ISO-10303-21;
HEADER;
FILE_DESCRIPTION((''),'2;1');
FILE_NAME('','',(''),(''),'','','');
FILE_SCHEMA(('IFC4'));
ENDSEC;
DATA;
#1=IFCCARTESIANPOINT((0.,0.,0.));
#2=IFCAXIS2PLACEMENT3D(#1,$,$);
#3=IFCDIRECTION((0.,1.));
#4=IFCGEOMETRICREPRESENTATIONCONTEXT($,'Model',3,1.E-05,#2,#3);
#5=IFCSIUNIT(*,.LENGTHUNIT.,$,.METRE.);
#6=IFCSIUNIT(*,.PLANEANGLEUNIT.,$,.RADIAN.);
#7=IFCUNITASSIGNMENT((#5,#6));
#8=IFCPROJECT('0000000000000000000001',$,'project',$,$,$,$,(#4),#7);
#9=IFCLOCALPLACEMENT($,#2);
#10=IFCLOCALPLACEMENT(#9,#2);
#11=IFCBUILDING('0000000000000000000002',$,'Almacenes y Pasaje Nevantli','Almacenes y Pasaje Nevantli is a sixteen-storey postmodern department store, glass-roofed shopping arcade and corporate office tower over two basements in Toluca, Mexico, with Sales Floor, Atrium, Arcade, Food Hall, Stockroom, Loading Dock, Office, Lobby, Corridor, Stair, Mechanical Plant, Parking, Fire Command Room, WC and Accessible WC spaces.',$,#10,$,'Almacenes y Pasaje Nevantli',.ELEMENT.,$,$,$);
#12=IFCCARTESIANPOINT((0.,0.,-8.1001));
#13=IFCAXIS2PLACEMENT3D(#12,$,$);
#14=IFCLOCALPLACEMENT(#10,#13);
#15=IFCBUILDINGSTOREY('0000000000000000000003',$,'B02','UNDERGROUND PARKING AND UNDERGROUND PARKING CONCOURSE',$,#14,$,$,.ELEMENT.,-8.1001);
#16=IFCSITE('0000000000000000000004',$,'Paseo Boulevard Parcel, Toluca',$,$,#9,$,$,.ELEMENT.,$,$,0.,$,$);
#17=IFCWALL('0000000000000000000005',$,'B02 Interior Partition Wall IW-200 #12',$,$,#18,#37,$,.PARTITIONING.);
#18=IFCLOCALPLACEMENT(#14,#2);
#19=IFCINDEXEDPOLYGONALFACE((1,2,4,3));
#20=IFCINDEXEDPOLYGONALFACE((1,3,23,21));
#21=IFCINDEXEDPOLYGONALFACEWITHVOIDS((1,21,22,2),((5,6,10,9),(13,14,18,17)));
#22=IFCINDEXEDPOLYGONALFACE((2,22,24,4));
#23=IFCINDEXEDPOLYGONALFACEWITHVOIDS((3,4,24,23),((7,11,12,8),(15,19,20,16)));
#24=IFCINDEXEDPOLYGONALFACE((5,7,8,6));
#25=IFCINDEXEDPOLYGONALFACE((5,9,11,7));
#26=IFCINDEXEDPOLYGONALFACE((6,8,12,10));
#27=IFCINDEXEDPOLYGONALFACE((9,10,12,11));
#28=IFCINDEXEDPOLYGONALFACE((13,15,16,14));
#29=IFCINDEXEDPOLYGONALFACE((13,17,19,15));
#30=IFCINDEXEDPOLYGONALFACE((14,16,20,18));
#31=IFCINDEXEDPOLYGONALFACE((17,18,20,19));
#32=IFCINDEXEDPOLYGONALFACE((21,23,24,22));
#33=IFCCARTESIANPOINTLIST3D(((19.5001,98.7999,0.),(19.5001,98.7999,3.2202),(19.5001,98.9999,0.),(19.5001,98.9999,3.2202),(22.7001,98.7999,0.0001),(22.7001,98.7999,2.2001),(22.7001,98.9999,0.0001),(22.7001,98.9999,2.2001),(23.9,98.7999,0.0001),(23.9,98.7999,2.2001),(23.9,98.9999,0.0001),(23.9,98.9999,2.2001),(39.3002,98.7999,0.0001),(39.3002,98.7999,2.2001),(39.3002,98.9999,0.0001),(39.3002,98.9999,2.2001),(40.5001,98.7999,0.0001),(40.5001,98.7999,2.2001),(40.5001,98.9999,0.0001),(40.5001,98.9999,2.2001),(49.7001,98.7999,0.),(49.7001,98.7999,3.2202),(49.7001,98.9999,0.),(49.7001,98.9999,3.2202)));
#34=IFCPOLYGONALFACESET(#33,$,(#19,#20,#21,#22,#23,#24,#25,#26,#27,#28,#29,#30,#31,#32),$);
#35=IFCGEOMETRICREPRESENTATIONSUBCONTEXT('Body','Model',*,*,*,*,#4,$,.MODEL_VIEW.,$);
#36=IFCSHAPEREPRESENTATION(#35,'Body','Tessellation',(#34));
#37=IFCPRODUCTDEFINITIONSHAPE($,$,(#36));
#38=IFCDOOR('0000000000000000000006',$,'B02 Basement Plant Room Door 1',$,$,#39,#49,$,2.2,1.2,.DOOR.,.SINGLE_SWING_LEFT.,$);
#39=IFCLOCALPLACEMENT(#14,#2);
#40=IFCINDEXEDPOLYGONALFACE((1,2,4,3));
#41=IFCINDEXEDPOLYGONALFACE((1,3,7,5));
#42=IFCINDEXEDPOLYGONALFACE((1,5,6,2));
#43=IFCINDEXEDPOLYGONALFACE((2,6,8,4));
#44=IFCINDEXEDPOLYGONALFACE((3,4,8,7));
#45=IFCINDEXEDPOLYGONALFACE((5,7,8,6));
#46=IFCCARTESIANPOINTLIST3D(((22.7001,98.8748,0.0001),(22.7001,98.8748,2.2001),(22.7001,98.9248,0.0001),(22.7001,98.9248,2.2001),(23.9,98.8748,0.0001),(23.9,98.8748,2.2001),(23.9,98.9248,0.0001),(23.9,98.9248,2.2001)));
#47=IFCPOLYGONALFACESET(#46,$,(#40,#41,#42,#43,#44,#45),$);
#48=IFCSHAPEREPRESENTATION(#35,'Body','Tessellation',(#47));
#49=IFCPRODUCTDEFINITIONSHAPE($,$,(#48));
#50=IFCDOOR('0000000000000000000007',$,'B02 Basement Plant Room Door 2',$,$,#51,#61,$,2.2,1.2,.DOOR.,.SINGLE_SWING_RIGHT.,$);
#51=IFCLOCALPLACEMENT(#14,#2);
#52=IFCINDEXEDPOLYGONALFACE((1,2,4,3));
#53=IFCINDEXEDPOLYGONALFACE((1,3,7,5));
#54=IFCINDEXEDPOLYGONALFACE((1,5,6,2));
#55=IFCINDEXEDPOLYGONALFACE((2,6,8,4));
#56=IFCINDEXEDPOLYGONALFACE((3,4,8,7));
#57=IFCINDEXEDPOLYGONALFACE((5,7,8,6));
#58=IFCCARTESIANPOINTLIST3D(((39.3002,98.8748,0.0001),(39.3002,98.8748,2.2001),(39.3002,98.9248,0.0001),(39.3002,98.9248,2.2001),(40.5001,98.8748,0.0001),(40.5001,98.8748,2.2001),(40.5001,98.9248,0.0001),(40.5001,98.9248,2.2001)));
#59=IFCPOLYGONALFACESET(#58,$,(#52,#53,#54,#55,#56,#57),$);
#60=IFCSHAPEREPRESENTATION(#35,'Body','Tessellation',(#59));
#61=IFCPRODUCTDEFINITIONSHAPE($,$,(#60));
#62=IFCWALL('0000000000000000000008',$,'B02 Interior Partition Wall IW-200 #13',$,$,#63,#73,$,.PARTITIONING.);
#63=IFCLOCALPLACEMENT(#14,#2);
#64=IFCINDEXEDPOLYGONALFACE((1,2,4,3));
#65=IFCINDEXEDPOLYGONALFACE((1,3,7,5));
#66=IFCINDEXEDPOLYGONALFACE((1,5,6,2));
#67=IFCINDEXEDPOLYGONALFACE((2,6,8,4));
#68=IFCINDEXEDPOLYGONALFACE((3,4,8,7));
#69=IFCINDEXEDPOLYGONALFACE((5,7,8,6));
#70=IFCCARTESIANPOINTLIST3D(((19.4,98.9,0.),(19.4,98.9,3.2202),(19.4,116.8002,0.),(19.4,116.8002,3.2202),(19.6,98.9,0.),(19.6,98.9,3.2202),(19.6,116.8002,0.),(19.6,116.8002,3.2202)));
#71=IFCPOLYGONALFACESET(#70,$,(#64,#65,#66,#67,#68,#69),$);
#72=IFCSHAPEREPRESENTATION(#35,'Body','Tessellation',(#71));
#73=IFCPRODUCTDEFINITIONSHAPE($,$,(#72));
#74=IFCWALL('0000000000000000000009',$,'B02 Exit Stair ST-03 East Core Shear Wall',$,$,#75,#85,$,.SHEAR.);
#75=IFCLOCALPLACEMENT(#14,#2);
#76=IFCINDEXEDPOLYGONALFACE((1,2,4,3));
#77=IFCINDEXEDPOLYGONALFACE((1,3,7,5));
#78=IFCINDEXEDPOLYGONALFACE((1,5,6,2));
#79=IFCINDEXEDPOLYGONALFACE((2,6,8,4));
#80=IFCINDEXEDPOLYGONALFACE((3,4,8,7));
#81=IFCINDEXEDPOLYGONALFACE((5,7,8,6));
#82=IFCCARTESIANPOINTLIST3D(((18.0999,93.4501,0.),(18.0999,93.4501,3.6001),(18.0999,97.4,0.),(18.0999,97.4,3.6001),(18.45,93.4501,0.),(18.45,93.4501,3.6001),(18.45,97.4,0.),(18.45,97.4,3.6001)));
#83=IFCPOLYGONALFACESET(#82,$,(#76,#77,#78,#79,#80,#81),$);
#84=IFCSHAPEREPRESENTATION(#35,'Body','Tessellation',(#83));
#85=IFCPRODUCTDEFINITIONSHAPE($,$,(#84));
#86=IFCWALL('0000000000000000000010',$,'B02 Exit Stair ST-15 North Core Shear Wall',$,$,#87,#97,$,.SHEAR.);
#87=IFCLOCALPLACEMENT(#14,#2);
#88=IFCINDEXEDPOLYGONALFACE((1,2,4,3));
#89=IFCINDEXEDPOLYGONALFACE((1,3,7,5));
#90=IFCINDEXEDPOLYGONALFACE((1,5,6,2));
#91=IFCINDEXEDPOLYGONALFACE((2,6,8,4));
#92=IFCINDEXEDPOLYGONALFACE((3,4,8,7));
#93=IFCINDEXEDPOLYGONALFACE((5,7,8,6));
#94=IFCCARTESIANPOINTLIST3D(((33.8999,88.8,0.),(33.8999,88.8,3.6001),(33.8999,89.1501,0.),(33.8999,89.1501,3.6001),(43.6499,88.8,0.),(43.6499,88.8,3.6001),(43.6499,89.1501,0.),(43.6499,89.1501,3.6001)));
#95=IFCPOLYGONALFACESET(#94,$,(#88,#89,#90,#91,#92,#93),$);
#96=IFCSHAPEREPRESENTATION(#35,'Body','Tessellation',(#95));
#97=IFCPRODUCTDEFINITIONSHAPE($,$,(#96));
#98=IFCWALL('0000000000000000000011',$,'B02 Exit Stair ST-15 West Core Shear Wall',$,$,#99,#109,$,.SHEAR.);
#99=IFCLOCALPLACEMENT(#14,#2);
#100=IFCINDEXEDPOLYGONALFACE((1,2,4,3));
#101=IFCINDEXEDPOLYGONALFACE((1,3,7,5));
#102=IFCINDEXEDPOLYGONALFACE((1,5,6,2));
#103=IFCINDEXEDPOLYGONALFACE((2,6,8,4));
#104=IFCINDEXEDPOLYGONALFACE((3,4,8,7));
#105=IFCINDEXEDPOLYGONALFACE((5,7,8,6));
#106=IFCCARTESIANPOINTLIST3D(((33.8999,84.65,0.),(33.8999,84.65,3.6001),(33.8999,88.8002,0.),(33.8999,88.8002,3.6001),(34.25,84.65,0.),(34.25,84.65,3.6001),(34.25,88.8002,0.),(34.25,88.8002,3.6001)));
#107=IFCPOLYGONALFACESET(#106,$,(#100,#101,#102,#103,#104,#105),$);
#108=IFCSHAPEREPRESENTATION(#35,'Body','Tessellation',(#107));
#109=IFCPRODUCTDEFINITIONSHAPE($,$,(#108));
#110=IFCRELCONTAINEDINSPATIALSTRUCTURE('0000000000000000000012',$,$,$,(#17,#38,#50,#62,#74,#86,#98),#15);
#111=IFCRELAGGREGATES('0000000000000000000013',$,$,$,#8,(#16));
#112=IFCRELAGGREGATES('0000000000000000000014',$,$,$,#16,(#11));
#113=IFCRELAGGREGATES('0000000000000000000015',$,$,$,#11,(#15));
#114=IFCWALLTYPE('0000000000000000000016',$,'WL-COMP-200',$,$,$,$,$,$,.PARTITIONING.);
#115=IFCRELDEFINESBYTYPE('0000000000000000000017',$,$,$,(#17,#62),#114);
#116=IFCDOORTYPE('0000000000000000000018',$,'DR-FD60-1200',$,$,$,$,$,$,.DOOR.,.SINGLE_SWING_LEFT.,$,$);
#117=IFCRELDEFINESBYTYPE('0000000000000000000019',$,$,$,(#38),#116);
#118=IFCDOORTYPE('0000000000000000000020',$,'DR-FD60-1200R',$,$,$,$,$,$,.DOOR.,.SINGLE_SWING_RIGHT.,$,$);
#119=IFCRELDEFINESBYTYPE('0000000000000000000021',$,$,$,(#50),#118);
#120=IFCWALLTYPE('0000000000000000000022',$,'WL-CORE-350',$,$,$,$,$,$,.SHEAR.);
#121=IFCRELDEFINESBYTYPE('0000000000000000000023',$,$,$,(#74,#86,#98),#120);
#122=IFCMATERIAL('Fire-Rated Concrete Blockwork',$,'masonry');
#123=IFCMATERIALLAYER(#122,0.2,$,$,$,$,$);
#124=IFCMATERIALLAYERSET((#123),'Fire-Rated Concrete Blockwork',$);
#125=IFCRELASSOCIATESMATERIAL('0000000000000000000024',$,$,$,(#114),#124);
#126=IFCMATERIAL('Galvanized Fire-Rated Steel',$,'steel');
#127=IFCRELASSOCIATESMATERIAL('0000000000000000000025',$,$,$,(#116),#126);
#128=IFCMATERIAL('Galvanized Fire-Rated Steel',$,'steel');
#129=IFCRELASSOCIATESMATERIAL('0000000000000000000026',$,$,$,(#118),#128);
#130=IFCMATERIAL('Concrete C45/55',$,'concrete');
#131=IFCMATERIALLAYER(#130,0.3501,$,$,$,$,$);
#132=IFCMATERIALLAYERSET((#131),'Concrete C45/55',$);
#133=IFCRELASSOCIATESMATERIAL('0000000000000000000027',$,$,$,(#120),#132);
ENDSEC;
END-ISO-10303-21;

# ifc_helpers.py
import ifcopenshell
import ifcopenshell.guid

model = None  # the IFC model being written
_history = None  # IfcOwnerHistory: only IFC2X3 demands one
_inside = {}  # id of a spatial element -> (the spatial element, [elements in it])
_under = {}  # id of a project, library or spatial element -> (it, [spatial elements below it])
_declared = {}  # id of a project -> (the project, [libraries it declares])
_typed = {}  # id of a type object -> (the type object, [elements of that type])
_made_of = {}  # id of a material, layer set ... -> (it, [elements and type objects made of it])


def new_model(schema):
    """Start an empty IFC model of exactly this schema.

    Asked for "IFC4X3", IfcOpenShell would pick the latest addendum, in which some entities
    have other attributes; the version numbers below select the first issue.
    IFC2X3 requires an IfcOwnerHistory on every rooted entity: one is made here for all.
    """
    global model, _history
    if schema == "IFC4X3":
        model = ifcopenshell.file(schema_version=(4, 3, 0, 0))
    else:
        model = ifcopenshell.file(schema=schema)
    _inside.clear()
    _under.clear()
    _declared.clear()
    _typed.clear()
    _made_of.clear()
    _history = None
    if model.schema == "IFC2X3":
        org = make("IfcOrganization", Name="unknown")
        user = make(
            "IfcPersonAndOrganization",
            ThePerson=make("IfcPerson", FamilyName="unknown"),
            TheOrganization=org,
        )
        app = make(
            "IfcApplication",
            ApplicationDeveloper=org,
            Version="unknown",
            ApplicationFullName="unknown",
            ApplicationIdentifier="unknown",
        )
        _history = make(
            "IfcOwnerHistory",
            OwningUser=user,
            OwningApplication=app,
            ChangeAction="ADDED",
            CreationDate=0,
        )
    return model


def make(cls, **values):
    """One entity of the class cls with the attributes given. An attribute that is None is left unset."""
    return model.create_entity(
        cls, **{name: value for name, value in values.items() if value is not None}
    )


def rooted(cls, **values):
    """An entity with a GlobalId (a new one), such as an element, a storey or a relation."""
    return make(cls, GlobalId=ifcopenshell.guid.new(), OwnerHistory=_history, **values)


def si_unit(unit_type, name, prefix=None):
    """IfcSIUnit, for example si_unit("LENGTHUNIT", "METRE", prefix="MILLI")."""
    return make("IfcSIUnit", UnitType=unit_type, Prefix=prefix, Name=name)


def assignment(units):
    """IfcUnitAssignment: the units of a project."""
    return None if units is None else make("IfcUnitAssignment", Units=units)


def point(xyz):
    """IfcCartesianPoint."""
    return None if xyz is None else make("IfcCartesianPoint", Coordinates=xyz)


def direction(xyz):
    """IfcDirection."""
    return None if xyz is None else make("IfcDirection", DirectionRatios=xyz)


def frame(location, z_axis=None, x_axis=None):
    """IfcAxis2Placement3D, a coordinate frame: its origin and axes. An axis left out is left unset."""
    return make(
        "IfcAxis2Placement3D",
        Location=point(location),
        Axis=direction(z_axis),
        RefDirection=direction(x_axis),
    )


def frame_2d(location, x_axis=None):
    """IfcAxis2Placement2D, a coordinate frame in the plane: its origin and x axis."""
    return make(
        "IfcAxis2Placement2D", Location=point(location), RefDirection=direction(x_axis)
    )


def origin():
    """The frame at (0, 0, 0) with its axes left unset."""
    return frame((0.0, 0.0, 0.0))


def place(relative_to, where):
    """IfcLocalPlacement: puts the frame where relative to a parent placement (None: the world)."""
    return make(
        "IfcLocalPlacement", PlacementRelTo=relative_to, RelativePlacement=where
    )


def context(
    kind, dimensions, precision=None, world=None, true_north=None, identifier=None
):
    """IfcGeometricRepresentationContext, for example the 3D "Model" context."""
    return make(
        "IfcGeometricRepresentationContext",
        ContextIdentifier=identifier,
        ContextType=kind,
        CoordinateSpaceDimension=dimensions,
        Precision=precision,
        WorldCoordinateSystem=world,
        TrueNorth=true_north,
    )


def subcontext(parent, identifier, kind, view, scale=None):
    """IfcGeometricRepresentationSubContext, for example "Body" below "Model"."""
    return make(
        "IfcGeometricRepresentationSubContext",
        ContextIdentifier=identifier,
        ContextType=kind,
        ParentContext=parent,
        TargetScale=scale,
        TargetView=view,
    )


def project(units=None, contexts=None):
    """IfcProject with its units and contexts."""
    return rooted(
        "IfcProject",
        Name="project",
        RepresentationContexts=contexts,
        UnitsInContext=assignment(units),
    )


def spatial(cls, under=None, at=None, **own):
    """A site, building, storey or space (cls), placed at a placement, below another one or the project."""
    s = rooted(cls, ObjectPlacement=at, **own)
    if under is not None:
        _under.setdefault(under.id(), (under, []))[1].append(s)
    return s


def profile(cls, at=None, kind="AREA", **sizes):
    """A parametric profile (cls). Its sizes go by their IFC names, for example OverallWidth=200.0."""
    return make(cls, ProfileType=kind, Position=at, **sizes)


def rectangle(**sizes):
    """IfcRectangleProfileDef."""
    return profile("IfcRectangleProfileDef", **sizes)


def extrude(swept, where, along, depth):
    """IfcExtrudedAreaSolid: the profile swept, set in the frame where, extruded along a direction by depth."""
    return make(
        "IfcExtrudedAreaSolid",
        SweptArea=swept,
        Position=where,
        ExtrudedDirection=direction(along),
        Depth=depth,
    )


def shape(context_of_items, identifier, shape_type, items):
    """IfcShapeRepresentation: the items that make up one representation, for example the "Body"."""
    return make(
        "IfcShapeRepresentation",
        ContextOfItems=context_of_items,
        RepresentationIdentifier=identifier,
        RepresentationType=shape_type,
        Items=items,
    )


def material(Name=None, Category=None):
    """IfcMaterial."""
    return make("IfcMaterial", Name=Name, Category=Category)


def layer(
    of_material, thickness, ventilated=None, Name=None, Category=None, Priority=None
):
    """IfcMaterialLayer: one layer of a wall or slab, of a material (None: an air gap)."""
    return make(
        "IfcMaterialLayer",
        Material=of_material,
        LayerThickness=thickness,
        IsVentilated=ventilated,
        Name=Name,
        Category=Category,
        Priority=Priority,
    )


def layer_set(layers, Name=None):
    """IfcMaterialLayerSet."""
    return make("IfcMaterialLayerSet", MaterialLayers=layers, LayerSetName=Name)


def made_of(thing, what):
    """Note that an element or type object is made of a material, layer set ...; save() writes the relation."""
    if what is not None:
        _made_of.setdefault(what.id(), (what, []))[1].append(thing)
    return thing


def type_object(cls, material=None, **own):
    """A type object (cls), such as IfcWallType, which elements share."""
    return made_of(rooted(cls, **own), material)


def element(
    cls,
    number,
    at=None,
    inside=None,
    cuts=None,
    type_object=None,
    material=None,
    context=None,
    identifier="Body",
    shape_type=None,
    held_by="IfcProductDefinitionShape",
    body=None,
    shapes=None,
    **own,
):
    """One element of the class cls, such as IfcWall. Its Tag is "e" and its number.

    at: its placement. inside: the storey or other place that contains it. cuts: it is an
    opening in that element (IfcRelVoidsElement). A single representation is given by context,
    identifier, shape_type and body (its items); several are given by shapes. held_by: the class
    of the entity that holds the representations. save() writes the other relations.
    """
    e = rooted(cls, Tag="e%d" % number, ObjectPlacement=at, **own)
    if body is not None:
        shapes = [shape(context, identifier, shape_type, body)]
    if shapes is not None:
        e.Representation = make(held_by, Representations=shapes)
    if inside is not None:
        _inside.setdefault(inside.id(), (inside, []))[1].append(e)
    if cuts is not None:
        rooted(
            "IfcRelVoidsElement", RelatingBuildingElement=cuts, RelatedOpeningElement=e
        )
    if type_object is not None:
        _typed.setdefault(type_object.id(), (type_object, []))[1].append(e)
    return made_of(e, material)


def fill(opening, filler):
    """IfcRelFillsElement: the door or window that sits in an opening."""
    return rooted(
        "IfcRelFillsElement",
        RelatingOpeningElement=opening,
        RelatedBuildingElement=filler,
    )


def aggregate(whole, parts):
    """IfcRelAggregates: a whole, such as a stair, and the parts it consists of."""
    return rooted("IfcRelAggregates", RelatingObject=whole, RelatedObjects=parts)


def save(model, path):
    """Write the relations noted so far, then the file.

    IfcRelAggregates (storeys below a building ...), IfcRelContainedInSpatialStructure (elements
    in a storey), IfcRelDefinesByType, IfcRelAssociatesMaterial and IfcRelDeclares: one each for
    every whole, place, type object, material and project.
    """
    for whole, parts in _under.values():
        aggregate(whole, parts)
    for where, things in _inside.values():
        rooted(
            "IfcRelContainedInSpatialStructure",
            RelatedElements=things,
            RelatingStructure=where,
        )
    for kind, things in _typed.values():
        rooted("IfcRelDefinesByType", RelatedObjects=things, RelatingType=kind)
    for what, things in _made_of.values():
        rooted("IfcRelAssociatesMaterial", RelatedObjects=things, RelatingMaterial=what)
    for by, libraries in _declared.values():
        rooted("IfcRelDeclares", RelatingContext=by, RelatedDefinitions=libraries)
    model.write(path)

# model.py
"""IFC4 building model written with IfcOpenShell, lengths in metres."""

from ifc_helpers import new_model, si_unit, direction, frame, frame_2d, origin, place, context, subcontext, project, spatial, rectangle, extrude, material, layer, layer_set, type_object, element, fill, save


model = new_model("IFC4")

# Units and contexts
model_context = context("Model", 3, precision=1e-05, world=origin(), true_north=direction((0.0, 1.0)))
body_context = subcontext(model_context, "Body", "Model", "MODEL_VIEW")
ifc_project = project(units=[si_unit("LENGTHUNIT", "METRE"), si_unit("PLANEANGLEUNIT", "RADIAN")], contexts=[model_context])

# Site, building, storey
site_placement = place(None, origin())
site = spatial("IfcSite", under=ifc_project, at=site_placement, Name="Paseo Boulevard Parcel, Toluca", CompositionType="ELEMENT", RefElevation=0.0)
building_placement = place(site_placement, origin())
building = spatial("IfcBuilding", under=site, at=building_placement, Name="Almacenes y Pasaje Nevantli", Description="Almacenes y Pasaje Nevantli is a sixteen-storey postmodern department store, glass-roofed shopping arcade and corporate office tower over two basements in Toluca, Mexico, with Sales Floor, Atrium, Arcade, Food Hall, Stockroom, Loading Dock, Office, Lobby, Corridor, Stair, Mechanical Plant, Parking, Fire Command Room, WC and Accessible WC spaces.", LongName="Almacenes y Pasaje Nevantli", CompositionType="ELEMENT")
storey_placement = place(building_placement, frame((0.0, 0.0, -8.1001)))
storey = spatial("IfcBuildingStorey", under=building, at=storey_placement, Name="B02", Description="UNDERGROUND PARKING AND UNDERGROUND PARKING CONCOURSE", CompositionType="ELEMENT", Elevation=-8.1001)

# Wall, openings, doors
ifc_material_1 = material(Name="Fire-Rated Concrete Blockwork", Category="masonry")
ifc_layer_1 = layer(ifc_material_1, 0.2)
ifc_layer_set_1 = layer_set([ifc_layer_1], Name="Fire-Rated Concrete Blockwork")
wall_type_1 = type_object("IfcWallType", Name="WL-COMP-200", PredefinedType="PARTITIONING", material=ifc_layer_set_1)
wall_1_placement = place(storey_placement, frame((19.5, 98.8999, 0.0), z_axis=(0.0, 0.0, 1.0), x_axis=(1.0, 0.0, 0.0)))
wall_1 = element("IfcWall", 1, at=wall_1_placement, inside=storey, type_object=wall_type_1, Name="B02 Interior Partition Wall IW-200 #12", PredefinedType="PARTITIONING", context=body_context, shape_type="SweptSolid", body=[
    extrude(rectangle(XDim=30.2, YDim=0.2, at=frame_2d((15.1001, 0.0))), origin(), (0.0, 0.0, 1.0), 3.2202),
])
opening_1_placement = place(wall_1_placement, frame((3.2, 0.0, 0.0)))
opening_1 = element("IfcOpeningElement", 2, at=opening_1_placement, cuts=wall_1, PredefinedType="OPENING", context=body_context, shape_type="SweptSolid", body=[
    extrude(rectangle(XDim=1.2, YDim=2.2, at=frame_2d((0.6001, 1.1001))), frame((0.0, 0.1099, 0.0), z_axis=(0.0, -1.0, 0.0), x_axis=(1.0, 0.0, 0.0)), (0.0, 0.0, 1.0), 0.22),
])
opening_2_placement = place(wall_1_placement, frame((19.8, 0.0, 0.0)))
opening_2 = element("IfcOpeningElement", 3, at=opening_2_placement, cuts=wall_1, PredefinedType="OPENING", context=body_context, shape_type="SweptSolid", body=[
    extrude(rectangle(XDim=1.2, YDim=2.2, at=frame_2d((0.6001, 1.1001))), frame((0.0, 0.1099, 0.0), z_axis=(0.0, -1.0, 0.0), x_axis=(1.0, 0.0, 0.0)), (0.0, 0.0, 1.0), 0.22),
])
ifc_material_2 = material(Name="Galvanized Fire-Rated Steel", Category="steel")
door_type_1 = type_object("IfcDoorType", Name="DR-FD60-1200", OperationType="SINGLE_SWING_LEFT", PredefinedType="DOOR", material=ifc_material_2)
door_1_placement = place(opening_1_placement, origin())
door_1 = element("IfcDoor", 4, at=door_1_placement, inside=storey, type_object=door_type_1, Name="B02 Basement Plant Room Door 1", OperationType="SINGLE_SWING_LEFT", OverallHeight=2.2, OverallWidth=1.2, PredefinedType="DOOR", context=body_context, shape_type="SweptSolid", body=[
    extrude(rectangle(XDim=1.2, YDim=2.2, at=frame_2d((0.6001, 1.1001))), frame((0.0, 0.0249, 0.0), z_axis=(0.0, -1.0, 0.0), x_axis=(1.0, 0.0, 0.0)), (0.0, 0.0, 1.0), 0.05),
])
fill(opening_1, door_1)
ifc_material_3 = material(Name="Galvanized Fire-Rated Steel", Category="steel")
door_type_2 = type_object("IfcDoorType", Name="DR-FD60-1200R", OperationType="SINGLE_SWING_RIGHT", PredefinedType="DOOR", material=ifc_material_3)
door_2_placement = place(opening_2_placement, origin())
door_2 = element("IfcDoor", 5, at=door_2_placement, inside=storey, type_object=door_type_2, Name="B02 Basement Plant Room Door 2", OperationType="SINGLE_SWING_RIGHT", OverallHeight=2.2, OverallWidth=1.2, PredefinedType="DOOR", context=body_context, shape_type="SweptSolid", body=[
    extrude(rectangle(XDim=1.2, YDim=2.2, at=frame_2d((0.6001, 1.1001))), frame((0.0, 0.0249, 0.0), z_axis=(0.0, -1.0, 0.0), x_axis=(1.0, 0.0, 0.0)), (0.0, 0.0, 1.0), 0.05),
])
fill(opening_2, door_2)

# Walls
wall_2_placement = place(storey_placement, frame((19.5, 98.8999, 0.0), z_axis=(0.0, 0.0, 1.0), x_axis=(0.0, 1.0, 0.0)))
element("IfcWall", 6, at=wall_2_placement, inside=storey, type_object=wall_type_1, Name="B02 Interior Partition Wall IW-200 #13", PredefinedType="PARTITIONING", context=body_context, shape_type="SweptSolid", body=[
    extrude(rectangle(XDim=17.9001, YDim=0.2, at=frame_2d((8.9502, 0.0))), origin(), (0.0, 0.0, 1.0), 3.2202),
])
ifc_material_4 = material(Name="Concrete C45/55", Category="concrete")
ifc_layer_2 = layer(ifc_material_4, 0.3501)
ifc_layer_set_2 = layer_set([ifc_layer_2], Name="Concrete C45/55")
wall_type_2 = type_object("IfcWallType", Name="WL-CORE-350", PredefinedType="SHEAR", material=ifc_layer_set_2)
wall_3_placement = place(storey_placement, frame((18.2749, 93.45, 0.0), z_axis=(0.0, 0.0, 1.0), x_axis=(0.0, 1.0, 0.0)))
element("IfcWall", 7, at=wall_3_placement, inside=storey, type_object=wall_type_2, Name="B02 Exit Stair ST-03 East Core Shear Wall", PredefinedType="SHEAR", context=body_context, shape_type="SweptSolid", body=[
    extrude(rectangle(XDim=3.95, YDim=0.3501, at=frame_2d((1.9751, 0.0))), origin(), (0.0, 0.0, 1.0), 3.6001),
])
wall_4_placement = place(storey_placement, frame((33.8999, 88.9751, 0.0), z_axis=(0.0, 0.0, 1.0), x_axis=(1.0, 0.0, 0.0)))
element("IfcWall", 8, at=wall_4_placement, inside=storey, type_object=wall_type_2, Name="B02 Exit Stair ST-15 North Core Shear Wall", PredefinedType="SHEAR", context=body_context, shape_type="SweptSolid", body=[
    extrude(rectangle(XDim=9.75, YDim=0.3501, at=frame_2d((4.875, 0.0))), origin(), (0.0, 0.0, 1.0), 3.6001),
])
wall_5_placement = place(storey_placement, frame((34.075, 84.6499, 0.0), z_axis=(0.0, 0.0, 1.0), x_axis=(0.0, 1.0, 0.0)))
element("IfcWall", 9, at=wall_5_placement, inside=storey, type_object=wall_type_2, Name="B02 Exit Stair ST-15 West Core Shear Wall", PredefinedType="SHEAR", context=body_context, shape_type="SweptSolid", body=[
    extrude(rectangle(XDim=4.1501, YDim=0.3501, at=frame_2d((2.0752, 0.0))), origin(), (0.0, 0.0, 1.0), 3.6001),
])

save(model, "model.ifc")
